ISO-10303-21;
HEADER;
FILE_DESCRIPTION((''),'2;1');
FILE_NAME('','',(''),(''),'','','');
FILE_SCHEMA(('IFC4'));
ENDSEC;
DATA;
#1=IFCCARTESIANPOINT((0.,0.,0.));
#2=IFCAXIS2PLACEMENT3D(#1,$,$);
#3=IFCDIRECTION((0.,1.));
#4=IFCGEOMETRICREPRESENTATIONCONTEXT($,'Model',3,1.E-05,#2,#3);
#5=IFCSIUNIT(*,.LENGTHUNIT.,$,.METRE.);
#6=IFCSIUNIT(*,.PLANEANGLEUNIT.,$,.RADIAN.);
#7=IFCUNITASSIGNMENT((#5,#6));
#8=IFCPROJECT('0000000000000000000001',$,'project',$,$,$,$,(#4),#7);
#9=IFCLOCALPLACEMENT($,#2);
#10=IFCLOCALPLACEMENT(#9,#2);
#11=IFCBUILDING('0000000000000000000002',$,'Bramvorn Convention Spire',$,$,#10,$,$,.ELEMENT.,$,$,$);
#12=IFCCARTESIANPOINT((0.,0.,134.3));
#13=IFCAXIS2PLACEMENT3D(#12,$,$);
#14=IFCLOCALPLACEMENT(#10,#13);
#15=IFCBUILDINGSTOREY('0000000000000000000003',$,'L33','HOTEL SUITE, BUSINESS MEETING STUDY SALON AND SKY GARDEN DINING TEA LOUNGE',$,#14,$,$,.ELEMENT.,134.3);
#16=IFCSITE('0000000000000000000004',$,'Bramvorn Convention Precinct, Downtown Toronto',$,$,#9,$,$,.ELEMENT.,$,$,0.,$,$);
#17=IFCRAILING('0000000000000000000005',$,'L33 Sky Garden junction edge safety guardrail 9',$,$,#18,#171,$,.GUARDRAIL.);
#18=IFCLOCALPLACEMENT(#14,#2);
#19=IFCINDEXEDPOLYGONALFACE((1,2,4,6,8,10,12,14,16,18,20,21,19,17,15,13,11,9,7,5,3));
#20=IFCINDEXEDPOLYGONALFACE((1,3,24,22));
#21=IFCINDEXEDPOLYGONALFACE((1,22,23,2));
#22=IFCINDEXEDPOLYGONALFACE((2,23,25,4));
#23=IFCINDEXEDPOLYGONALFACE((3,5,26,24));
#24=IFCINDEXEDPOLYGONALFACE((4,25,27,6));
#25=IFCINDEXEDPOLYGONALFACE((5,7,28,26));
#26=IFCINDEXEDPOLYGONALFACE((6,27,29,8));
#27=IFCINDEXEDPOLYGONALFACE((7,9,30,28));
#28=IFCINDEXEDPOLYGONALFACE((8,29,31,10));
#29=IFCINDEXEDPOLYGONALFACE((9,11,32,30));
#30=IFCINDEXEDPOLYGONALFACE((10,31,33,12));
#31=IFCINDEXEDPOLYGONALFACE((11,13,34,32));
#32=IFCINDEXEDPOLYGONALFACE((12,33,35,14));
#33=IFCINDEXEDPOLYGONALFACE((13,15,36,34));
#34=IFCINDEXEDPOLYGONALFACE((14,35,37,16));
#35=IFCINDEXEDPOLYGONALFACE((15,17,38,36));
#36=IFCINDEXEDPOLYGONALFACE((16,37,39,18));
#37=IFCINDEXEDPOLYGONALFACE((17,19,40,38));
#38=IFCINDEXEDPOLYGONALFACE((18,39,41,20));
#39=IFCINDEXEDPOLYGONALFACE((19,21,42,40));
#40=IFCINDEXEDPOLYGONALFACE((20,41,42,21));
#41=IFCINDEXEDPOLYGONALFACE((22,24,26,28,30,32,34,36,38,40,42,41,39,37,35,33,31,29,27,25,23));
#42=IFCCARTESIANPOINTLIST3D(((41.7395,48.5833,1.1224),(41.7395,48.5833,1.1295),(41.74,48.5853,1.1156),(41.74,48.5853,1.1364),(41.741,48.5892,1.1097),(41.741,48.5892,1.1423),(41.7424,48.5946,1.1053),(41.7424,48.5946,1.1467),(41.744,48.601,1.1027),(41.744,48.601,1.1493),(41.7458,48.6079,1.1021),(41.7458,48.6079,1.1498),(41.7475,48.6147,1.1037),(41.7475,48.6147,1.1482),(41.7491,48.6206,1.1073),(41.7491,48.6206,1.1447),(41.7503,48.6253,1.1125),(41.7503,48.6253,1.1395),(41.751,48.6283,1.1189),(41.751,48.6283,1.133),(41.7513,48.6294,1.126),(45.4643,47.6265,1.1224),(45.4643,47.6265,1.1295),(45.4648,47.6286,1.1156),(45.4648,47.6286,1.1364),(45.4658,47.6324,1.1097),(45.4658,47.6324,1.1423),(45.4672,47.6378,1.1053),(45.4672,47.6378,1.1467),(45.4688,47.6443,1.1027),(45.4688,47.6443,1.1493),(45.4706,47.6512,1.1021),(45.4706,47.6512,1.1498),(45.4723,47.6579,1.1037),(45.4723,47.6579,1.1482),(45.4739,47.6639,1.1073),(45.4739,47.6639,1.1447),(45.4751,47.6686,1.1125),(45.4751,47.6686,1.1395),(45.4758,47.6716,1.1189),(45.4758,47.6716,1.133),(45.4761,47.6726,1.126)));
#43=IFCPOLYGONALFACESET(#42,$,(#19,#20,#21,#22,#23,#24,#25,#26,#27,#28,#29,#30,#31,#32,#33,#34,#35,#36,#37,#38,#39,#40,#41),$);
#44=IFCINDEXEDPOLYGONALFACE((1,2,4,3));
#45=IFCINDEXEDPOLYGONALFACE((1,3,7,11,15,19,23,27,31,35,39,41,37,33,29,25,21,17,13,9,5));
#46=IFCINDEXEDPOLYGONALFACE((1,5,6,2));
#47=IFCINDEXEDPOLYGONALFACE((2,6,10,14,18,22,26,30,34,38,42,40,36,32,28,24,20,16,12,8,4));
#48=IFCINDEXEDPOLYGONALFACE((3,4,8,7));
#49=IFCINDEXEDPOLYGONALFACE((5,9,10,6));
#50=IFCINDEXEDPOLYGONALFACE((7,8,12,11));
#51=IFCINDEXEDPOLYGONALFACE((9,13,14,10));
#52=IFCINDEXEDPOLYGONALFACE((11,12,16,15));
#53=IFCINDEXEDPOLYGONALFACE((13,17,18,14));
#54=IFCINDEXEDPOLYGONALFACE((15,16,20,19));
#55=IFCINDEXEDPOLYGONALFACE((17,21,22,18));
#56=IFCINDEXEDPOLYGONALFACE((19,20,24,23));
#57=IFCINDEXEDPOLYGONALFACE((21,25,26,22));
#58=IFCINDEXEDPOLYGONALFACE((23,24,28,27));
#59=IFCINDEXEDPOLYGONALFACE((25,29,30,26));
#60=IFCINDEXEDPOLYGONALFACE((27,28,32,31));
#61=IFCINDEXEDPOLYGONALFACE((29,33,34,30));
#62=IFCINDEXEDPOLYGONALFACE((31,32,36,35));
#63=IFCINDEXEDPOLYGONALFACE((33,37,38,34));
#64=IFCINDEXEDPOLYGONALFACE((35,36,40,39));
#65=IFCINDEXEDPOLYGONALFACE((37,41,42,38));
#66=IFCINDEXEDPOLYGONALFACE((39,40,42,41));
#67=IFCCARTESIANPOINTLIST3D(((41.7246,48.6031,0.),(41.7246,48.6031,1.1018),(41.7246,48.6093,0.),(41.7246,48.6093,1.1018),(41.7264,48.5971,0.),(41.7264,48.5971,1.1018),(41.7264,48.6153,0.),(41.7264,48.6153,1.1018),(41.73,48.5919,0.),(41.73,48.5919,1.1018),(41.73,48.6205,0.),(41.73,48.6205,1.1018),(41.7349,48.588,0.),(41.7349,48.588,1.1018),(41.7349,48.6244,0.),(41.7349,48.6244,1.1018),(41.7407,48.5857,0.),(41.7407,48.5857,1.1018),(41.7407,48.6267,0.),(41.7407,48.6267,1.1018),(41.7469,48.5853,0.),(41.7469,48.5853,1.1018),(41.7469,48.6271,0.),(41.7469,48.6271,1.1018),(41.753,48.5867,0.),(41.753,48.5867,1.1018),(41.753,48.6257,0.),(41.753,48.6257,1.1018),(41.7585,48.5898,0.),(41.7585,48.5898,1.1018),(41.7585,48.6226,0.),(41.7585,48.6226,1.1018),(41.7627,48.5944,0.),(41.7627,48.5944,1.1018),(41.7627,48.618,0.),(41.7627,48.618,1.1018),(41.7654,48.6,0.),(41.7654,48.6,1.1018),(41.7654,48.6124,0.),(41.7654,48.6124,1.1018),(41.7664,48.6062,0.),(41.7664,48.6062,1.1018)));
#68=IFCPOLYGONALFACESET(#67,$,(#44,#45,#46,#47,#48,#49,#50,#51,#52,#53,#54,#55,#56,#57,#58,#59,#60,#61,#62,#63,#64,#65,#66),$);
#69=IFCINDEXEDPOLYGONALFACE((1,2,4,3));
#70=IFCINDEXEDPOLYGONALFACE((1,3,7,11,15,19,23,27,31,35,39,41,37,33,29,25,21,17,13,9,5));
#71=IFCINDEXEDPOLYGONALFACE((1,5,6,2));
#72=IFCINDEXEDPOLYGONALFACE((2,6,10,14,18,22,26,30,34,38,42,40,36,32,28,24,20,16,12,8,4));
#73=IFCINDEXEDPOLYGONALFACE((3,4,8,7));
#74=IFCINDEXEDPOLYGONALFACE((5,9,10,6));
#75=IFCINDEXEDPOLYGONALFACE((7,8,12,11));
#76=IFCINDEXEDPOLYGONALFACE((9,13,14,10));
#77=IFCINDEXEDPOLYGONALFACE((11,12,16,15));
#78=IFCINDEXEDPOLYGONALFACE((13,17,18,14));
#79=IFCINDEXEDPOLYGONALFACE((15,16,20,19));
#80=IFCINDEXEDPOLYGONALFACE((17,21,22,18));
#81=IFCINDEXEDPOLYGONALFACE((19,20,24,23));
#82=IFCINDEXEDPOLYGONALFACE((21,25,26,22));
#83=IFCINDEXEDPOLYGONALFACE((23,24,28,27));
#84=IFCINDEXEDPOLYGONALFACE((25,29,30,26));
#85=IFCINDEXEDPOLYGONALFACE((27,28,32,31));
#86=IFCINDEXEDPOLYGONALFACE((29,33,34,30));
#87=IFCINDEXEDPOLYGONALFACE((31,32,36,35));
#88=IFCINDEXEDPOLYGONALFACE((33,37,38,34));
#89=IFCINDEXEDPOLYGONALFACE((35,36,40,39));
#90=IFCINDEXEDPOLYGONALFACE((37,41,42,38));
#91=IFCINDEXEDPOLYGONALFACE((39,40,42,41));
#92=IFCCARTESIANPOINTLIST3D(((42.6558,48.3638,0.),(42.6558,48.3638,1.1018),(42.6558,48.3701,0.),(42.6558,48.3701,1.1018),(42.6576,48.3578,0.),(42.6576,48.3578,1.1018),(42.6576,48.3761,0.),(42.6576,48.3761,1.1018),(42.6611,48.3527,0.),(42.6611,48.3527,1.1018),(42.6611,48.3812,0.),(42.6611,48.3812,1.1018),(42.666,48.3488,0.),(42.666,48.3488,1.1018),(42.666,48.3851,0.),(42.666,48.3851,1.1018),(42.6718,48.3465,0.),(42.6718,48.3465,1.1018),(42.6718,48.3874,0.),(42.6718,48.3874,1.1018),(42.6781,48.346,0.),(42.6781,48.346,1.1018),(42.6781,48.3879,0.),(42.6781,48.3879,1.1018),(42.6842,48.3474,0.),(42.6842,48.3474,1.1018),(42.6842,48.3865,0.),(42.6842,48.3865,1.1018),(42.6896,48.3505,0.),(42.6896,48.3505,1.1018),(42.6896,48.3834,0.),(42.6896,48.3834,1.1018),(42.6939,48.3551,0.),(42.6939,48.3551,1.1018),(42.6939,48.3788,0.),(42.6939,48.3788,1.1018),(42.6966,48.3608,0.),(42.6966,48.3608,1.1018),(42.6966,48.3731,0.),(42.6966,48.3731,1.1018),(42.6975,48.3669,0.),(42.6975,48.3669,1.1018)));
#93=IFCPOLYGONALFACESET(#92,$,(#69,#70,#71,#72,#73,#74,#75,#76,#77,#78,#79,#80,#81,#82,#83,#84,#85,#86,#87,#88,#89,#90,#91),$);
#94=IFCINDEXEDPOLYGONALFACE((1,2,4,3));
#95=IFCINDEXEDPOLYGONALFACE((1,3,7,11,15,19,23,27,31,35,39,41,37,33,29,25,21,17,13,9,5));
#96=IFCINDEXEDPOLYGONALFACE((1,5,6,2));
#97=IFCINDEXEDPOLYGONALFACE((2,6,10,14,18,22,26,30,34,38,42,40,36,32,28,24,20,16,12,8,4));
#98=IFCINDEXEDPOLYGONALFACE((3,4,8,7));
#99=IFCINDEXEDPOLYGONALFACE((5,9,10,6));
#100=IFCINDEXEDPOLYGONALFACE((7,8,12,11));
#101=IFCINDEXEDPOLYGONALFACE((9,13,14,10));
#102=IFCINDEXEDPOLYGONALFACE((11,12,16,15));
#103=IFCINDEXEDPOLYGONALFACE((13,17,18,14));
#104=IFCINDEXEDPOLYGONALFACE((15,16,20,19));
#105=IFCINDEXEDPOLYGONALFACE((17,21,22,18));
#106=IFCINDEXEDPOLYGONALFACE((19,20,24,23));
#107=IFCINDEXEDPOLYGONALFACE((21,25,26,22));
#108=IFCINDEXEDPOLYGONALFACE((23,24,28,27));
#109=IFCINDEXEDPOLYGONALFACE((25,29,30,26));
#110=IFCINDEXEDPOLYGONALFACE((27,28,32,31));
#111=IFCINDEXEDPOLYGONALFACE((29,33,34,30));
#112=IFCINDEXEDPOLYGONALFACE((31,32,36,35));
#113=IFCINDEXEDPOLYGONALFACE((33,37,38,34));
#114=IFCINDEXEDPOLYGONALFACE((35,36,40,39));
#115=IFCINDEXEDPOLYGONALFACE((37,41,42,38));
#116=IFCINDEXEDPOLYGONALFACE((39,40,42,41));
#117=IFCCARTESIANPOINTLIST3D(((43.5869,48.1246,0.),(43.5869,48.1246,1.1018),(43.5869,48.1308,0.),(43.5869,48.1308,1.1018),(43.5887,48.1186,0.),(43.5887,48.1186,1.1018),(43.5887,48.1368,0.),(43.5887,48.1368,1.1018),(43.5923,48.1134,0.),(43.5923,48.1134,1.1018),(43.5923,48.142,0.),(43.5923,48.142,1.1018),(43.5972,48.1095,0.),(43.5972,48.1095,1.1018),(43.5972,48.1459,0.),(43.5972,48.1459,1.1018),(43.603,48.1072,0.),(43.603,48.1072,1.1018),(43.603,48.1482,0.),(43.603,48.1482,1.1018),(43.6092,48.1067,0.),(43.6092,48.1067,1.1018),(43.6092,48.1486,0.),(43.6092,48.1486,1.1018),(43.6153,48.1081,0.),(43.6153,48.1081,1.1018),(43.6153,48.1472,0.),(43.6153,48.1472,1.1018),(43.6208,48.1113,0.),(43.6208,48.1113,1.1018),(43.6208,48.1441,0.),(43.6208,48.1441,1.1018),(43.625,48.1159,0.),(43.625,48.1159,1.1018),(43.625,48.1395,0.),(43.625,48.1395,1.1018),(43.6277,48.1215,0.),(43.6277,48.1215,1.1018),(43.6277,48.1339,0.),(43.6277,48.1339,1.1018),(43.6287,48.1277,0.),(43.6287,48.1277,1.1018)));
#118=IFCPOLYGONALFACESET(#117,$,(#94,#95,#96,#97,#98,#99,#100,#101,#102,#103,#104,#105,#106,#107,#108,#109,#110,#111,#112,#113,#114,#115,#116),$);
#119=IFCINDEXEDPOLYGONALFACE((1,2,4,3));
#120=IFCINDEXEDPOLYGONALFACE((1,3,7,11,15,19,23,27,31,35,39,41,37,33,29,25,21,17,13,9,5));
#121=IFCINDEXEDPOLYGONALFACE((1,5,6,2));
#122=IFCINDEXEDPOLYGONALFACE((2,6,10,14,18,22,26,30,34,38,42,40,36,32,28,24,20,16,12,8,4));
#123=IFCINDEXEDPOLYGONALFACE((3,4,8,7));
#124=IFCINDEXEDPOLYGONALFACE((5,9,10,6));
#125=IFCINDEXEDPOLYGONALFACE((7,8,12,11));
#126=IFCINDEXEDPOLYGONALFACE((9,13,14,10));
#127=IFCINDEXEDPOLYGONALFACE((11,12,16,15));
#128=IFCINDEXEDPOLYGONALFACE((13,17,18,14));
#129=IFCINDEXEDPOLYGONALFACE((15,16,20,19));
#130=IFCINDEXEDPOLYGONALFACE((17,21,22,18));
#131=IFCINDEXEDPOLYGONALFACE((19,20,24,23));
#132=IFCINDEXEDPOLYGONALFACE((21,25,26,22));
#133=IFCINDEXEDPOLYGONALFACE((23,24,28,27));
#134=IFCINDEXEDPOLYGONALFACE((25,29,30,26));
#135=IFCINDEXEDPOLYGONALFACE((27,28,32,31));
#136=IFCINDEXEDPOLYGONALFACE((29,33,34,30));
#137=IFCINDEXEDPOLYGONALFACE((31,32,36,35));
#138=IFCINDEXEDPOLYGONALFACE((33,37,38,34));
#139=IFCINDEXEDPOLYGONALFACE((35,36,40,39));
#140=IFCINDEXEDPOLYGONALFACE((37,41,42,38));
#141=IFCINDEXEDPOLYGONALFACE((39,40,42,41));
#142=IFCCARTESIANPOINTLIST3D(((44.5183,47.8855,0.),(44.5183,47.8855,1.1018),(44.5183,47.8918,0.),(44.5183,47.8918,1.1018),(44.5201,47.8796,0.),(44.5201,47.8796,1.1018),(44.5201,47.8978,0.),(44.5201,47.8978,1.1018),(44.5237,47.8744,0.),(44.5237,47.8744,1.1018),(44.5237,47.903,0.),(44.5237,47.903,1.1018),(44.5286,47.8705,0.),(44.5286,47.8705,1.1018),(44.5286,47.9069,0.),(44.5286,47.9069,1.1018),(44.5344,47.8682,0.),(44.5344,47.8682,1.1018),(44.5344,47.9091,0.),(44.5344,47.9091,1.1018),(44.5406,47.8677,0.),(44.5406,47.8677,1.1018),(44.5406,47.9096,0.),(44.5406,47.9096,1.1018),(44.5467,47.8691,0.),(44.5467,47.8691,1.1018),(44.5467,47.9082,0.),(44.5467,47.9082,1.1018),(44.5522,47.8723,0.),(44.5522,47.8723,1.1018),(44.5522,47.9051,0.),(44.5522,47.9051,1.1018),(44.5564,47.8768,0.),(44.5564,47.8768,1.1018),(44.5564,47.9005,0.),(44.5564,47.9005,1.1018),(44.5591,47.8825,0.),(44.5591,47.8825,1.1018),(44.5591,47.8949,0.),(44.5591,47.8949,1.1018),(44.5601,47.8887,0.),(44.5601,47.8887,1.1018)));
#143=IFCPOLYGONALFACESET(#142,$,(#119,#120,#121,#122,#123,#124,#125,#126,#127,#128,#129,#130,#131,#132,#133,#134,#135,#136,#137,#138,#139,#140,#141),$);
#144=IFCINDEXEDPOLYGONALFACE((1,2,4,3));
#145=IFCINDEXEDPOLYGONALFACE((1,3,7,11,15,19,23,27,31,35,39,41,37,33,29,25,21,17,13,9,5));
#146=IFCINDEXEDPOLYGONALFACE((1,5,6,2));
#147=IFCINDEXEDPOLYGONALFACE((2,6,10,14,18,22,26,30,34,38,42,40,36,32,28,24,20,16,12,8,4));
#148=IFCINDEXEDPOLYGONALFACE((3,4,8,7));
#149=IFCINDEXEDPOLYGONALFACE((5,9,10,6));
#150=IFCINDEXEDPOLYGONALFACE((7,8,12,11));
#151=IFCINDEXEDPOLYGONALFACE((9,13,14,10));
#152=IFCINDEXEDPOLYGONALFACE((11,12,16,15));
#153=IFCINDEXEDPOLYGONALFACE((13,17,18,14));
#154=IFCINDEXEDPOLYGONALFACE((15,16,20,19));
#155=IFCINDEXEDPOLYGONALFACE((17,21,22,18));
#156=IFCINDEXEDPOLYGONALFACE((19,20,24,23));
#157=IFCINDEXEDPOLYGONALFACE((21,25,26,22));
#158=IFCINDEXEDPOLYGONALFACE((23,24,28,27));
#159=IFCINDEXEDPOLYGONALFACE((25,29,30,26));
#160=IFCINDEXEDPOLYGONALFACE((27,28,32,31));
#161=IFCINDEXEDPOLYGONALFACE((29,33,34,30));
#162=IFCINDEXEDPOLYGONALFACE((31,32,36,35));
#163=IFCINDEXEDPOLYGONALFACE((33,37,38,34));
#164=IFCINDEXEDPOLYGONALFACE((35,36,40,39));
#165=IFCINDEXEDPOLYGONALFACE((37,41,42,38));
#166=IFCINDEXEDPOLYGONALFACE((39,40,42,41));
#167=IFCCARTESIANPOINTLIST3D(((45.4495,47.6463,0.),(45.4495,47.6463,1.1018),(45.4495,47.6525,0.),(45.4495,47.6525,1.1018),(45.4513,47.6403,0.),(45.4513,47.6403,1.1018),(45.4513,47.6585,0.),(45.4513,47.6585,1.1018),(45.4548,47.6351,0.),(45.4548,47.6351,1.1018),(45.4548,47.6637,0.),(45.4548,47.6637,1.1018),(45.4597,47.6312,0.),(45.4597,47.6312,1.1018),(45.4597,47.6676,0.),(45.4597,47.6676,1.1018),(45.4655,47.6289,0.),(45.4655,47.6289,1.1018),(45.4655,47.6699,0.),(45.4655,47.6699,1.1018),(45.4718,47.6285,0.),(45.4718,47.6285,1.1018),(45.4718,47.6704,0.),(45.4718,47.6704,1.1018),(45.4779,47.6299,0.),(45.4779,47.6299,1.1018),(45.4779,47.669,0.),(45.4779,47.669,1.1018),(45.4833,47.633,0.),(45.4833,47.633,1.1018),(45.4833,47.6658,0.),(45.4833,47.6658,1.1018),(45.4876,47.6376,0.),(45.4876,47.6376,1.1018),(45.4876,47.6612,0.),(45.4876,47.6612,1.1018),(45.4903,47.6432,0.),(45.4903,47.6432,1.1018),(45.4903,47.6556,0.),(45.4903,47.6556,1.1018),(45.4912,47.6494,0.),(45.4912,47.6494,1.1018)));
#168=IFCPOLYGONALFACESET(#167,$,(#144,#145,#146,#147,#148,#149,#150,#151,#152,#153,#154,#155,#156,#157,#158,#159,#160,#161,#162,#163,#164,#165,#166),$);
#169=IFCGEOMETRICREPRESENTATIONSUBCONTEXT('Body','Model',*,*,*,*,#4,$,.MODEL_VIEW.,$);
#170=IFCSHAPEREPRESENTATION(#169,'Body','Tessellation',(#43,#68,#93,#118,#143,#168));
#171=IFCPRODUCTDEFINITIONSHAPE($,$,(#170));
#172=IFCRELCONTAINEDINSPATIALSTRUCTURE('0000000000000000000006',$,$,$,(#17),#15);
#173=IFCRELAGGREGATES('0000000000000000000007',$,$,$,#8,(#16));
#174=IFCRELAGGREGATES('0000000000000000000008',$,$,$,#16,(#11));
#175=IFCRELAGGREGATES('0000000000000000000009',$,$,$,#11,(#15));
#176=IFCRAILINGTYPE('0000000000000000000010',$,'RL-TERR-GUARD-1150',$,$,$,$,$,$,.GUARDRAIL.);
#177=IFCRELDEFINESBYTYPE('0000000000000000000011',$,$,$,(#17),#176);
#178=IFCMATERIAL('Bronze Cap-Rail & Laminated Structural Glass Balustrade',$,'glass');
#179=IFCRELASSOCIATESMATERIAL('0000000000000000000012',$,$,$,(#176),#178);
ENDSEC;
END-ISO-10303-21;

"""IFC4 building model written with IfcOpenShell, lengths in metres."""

from ifc_helpers import new_model, si_unit, direction, frame, origin, origin_2d, place, context, subcontext, project, spatial, circle, extrude, material, type_object, element, save


model = new_model("IFC4")

# Units and contexts
model_context = context("Model", 3, precision=1e-05, world=origin(), true_north=direction((0.0, 1.0)))
body_context = subcontext(model_context, "Body", "Model", "MODEL_VIEW")
ifc_project = project(units=[si_unit("LENGTHUNIT", "METRE"), si_unit("PLANEANGLEUNIT", "RADIAN")], contexts=[model_context])

# Site, building, storey
site_placement = place(None, origin())
site = spatial("IfcSite", under=ifc_project, at=site_placement, Name="Bramvorn Convention Precinct, Downtown Toronto", CompositionType="ELEMENT", RefElevation=0.0)
building_placement = place(site_placement, origin())
building = spatial("IfcBuilding", under=site, at=building_placement, Name="Bramvorn Convention Spire", CompositionType="ELEMENT")
storey_placement = place(building_placement, frame((0.0, 0.0, 134.3)))
storey = spatial("IfcBuildingStorey", under=building, at=storey_placement, Name="L33", Description="HOTEL SUITE, BUSINESS MEETING STUDY SALON AND SKY GARDEN DINING TEA LOUNGE", CompositionType="ELEMENT", Elevation=134.3)

# Railing
ifc_material_1 = material(Name="Bronze Cap-Rail & Laminated Structural Glass Balustrade", Category="glass")
railing_type = type_object("IfcRailingType", Name="RL-TERR-GUARD-1150", PredefinedType="GUARDRAIL", material=ifc_material_1)
railing_1_placement = place(storey_placement, frame((41.7454, 48.6062, 0.0)))
element("IfcRailing", 1, at=railing_1_placement, inside=storey, type_object=railing_type, Name="L33 Sky Garden junction edge safety guardrail 9", PredefinedType="GUARDRAIL", context=body_context, shape_type="SweptSolid", body=[
    extrude(circle(Radius=0.0239, at=origin_2d()), frame((0.0, 0.0, 1.126), z_axis=(0.968558, -0.248789, 0.0), x_axis=(0.248789, 0.968558, 0.0)), (0.0, 0.0, 1.0), 3.8457),
    extrude(circle(Radius=0.021, at=origin_2d()), origin(), (0.0, 0.0, 1.0), 1.1018),
    extrude(circle(Radius=0.021, at=origin_2d()), frame((0.9312, -0.2393, 0.0)), (0.0, 0.0, 1.0), 1.1018),
    extrude(circle(Radius=0.021, at=origin_2d()), frame((1.8623, -0.4785, 0.0)), (0.0, 0.0, 1.0), 1.1018),
    extrude(circle(Radius=0.021, at=origin_2d()), frame((2.7937, -0.7175, 0.0)), (0.0, 0.0, 1.0), 1.1018),
    extrude(circle(Radius=0.021, at=origin_2d()), frame((3.7249, -0.9568, 0.0)), (0.0, 0.0, 1.0), 1.1018),
])

save(model, "model.ifc")
